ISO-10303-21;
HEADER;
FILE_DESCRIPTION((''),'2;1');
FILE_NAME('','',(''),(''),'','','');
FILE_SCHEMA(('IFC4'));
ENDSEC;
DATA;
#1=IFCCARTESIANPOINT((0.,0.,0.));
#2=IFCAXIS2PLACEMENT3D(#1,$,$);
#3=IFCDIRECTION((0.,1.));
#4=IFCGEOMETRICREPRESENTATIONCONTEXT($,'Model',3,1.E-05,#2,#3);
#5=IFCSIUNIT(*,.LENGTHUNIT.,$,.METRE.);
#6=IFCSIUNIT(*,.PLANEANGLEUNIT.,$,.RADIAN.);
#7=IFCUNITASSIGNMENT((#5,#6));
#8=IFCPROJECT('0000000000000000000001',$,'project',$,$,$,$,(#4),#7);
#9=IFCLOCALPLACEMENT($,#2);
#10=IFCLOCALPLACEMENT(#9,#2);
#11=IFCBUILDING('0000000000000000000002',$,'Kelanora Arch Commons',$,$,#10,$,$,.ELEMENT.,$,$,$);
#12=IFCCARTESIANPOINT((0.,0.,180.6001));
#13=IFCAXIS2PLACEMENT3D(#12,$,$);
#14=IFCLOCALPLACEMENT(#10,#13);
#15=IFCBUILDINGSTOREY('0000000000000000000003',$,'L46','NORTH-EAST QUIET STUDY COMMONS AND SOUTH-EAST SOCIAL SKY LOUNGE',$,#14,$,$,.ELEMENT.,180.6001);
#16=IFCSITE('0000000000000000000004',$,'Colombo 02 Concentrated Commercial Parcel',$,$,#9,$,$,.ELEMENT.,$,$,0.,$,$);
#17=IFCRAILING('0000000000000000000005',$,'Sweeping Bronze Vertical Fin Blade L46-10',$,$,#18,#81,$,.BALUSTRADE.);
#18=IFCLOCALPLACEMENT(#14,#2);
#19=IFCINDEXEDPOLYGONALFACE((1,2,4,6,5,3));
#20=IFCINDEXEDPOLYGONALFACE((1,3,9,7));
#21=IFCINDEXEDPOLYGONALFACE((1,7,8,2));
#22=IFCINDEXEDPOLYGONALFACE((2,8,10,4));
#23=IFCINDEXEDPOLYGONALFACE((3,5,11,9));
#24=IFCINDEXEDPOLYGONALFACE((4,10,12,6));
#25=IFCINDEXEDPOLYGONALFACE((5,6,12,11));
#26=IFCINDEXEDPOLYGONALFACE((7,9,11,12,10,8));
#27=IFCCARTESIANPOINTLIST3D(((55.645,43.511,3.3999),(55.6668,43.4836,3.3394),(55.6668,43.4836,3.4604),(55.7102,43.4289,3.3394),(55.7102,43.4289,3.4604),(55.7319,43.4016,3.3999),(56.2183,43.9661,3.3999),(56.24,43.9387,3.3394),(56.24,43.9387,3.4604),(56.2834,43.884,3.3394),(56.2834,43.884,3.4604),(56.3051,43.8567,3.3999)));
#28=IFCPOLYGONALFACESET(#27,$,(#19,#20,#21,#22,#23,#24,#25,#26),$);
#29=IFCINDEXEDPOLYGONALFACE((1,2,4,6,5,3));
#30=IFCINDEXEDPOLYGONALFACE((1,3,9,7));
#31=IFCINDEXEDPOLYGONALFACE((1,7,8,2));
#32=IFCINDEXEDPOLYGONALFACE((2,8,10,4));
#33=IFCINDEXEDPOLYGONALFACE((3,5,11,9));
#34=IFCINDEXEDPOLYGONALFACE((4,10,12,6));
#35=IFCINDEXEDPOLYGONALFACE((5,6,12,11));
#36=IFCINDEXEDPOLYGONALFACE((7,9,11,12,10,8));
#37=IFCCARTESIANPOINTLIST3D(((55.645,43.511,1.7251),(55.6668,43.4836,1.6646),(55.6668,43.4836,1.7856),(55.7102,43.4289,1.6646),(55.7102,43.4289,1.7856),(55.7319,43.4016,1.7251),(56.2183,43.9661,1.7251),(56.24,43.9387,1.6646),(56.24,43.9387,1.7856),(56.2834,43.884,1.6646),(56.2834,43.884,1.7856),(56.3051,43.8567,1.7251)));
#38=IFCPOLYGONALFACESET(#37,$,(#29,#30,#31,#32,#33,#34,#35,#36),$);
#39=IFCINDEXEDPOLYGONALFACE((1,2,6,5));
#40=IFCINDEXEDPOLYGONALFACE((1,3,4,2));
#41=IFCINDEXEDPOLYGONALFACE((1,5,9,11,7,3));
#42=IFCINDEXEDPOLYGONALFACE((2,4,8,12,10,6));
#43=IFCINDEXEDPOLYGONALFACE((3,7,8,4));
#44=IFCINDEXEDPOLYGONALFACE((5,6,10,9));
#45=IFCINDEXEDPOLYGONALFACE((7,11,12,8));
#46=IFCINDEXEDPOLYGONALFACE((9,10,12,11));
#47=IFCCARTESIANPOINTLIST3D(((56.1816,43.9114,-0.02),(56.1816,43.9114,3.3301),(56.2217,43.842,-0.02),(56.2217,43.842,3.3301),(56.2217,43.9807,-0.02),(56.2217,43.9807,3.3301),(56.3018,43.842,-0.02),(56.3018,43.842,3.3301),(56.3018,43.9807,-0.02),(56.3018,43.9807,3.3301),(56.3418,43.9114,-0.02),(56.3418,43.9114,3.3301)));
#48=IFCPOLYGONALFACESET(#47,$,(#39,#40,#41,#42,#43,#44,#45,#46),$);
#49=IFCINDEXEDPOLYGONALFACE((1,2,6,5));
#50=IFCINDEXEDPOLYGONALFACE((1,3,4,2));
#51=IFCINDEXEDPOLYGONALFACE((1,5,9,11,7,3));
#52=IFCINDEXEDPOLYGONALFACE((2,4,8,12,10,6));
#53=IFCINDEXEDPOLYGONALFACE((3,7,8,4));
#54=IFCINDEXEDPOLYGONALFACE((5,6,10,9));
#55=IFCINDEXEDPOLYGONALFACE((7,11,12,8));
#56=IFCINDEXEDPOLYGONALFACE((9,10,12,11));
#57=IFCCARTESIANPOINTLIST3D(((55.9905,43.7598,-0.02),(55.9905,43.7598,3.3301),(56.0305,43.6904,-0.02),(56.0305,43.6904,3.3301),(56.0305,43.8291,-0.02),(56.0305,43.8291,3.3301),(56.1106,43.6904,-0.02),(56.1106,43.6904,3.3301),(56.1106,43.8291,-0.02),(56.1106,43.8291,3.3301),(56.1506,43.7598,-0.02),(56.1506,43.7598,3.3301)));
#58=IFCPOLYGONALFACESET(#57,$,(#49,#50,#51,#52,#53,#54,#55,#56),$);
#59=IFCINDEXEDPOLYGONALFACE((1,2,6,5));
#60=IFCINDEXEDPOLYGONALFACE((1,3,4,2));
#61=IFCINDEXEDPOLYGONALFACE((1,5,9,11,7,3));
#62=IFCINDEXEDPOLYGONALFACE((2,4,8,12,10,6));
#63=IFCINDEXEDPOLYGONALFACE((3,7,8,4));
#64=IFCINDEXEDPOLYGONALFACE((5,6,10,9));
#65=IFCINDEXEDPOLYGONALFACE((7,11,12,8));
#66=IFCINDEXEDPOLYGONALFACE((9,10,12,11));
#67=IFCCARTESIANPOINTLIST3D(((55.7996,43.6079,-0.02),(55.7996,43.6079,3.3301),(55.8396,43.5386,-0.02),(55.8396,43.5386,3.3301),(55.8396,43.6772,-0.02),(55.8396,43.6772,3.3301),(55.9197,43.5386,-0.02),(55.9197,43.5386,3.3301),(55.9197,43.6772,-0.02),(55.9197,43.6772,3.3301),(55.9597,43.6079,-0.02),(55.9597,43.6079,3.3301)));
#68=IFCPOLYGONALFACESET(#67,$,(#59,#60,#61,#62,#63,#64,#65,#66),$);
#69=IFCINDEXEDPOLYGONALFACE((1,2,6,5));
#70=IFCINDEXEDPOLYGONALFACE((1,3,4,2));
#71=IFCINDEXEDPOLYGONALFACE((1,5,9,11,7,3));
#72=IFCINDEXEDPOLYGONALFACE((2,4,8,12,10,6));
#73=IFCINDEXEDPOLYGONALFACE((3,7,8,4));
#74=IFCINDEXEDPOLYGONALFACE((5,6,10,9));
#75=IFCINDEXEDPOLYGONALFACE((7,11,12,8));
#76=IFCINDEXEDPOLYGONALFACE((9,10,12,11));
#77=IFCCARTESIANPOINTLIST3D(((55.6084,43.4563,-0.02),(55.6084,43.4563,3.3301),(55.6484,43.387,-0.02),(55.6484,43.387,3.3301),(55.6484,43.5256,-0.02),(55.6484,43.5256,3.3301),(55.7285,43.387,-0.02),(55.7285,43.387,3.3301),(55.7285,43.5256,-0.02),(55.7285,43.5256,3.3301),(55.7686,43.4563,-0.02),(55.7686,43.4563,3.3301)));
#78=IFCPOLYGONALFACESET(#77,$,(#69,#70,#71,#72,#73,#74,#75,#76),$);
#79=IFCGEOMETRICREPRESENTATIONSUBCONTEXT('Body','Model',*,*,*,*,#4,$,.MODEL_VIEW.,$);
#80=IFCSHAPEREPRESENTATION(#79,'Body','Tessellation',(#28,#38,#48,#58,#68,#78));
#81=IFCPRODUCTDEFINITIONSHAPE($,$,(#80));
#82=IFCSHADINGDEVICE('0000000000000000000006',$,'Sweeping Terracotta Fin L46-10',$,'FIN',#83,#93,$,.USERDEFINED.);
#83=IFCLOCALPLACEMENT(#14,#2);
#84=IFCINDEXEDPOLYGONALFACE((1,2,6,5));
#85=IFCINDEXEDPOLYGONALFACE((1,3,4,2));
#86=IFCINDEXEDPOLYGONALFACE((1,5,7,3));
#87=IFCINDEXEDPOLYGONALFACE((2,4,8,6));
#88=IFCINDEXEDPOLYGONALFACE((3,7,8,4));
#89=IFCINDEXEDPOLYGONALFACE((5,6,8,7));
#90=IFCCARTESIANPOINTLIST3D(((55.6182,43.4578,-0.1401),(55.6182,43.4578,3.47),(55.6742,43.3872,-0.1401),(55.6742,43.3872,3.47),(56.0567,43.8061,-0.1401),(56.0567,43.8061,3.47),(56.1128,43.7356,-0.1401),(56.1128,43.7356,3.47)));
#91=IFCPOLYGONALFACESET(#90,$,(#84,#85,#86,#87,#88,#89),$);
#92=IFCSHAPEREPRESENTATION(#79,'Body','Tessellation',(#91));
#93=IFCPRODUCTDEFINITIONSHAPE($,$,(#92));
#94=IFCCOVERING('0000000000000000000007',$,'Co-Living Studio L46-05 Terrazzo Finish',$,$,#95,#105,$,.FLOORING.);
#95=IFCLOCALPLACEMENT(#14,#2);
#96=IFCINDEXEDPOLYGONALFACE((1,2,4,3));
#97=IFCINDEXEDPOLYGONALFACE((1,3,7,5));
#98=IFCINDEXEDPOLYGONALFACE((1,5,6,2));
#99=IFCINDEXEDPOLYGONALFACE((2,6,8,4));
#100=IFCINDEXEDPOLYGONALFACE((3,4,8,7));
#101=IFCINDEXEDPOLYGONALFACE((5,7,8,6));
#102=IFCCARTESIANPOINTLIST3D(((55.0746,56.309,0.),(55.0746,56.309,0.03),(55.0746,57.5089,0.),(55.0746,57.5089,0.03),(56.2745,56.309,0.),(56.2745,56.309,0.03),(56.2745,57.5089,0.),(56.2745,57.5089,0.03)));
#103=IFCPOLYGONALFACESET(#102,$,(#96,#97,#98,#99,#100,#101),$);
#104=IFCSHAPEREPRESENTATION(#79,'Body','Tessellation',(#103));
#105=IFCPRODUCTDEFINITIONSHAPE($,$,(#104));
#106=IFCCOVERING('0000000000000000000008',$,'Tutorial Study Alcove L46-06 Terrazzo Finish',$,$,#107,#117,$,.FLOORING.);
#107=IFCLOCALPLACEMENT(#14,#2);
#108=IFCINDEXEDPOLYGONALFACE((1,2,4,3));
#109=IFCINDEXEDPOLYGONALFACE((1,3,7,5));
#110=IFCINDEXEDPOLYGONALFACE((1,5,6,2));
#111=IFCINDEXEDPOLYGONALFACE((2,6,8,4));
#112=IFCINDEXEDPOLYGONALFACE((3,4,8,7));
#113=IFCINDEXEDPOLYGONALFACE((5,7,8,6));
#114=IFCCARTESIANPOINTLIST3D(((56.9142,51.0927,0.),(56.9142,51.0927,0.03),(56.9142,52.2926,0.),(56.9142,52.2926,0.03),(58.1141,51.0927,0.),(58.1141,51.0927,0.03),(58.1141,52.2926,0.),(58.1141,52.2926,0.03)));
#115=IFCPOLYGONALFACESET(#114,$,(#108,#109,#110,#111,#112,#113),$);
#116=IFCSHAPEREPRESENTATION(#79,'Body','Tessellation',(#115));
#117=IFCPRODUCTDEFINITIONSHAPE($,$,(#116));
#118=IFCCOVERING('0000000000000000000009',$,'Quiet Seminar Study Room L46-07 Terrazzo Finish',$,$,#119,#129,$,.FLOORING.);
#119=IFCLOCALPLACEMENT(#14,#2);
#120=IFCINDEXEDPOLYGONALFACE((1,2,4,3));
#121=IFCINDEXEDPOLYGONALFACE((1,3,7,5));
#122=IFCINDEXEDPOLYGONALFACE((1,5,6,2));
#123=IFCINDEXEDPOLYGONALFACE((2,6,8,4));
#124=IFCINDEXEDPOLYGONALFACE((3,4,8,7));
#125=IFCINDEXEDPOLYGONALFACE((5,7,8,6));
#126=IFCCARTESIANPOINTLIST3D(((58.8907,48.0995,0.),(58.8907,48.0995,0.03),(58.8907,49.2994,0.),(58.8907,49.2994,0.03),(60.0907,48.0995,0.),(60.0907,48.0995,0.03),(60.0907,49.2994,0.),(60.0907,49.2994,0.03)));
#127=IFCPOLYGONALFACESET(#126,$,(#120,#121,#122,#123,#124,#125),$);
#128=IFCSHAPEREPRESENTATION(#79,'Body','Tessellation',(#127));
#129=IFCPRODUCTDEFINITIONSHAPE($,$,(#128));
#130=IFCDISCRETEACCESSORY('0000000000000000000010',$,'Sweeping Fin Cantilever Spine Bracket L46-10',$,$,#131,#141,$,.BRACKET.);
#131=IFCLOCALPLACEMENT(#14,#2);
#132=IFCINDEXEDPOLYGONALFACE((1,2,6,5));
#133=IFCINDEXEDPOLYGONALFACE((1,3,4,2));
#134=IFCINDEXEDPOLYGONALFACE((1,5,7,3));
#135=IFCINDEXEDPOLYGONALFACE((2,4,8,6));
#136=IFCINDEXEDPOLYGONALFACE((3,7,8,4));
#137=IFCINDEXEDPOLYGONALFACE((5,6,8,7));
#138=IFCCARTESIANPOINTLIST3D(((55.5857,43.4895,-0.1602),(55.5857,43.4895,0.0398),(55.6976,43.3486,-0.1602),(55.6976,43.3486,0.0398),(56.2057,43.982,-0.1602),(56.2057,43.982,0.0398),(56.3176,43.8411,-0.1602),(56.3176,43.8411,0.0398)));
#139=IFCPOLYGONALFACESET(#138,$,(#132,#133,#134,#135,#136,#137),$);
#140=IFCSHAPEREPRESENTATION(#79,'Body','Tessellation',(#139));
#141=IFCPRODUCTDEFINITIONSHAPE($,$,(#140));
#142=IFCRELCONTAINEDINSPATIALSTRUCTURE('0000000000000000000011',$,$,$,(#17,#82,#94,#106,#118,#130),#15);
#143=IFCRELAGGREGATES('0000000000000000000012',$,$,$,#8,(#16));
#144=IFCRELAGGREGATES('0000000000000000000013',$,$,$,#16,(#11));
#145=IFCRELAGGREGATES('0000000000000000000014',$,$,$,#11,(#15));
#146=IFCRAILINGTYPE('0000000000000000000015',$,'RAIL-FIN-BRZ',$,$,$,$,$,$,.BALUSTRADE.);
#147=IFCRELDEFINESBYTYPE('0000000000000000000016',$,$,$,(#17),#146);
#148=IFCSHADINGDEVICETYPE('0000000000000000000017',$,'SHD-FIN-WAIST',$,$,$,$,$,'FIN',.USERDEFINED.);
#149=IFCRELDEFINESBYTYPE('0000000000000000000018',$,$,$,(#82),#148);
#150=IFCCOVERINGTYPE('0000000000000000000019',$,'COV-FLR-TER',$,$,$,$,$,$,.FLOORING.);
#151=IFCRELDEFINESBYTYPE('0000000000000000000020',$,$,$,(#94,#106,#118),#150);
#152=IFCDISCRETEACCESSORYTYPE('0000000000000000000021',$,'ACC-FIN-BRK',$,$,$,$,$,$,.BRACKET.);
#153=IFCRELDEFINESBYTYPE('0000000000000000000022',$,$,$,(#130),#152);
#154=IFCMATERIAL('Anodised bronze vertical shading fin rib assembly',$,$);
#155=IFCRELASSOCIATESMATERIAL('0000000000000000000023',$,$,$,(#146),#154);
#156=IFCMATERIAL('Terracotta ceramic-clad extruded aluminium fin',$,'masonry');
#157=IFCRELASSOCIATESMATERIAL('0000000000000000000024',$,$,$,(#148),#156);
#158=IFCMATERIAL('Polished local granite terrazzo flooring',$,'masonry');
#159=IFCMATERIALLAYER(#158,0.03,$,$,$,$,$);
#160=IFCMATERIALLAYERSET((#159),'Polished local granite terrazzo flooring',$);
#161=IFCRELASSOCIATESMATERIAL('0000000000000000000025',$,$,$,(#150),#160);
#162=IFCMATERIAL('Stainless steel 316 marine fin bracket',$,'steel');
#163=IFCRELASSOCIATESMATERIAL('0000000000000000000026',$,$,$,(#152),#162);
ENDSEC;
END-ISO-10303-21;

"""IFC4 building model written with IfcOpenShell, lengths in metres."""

from ifc_helpers import new_model, si_unit, direction, frame, origin, origin_2d, place, context, subcontext, project, spatial, polyline, rectangle, outline, extrude, source, transform, mapped, material, layer, layer_set, type_object, element, save


model = new_model("IFC4")

# Units and contexts
model_context = context("Model", 3, precision=1e-05, world=origin(), true_north=direction((0.0, 1.0)))
body_context = subcontext(model_context, "Body", "Model", "MODEL_VIEW")
ifc_project = project(units=[si_unit("LENGTHUNIT", "METRE"), si_unit("PLANEANGLEUNIT", "RADIAN")], contexts=[model_context])

# Site, building, storey
site_placement = place(None, origin())
site = spatial("IfcSite", under=ifc_project, at=site_placement, Name="Colombo 02 Concentrated Commercial Parcel", CompositionType="ELEMENT", RefElevation=0.0)
building_placement = place(site_placement, origin())
building = spatial("IfcBuilding", under=site, at=building_placement, Name="Kelanora Arch Commons", CompositionType="ELEMENT")
storey_placement = place(building_placement, frame((0.0, 0.0, 180.6001)))
storey = spatial("IfcBuildingStorey", under=building, at=storey_placement, Name="L46", Description="NORTH-EAST QUIET STUDY COMMONS AND SOUTH-EAST SOCIAL SKY LOUNGE", CompositionType="ELEMENT", Elevation=180.6001)

# Railing
ifc_material_1 = material(Name="Anodised bronze vertical shading fin rib assembly")
railing_type = type_object("IfcRailingType", Name="RAIL-FIN-BRZ", PredefinedType="BALUSTRADE", material=ifc_material_1)
railing_placement = place(storey_placement, frame((56.2617, 43.9114, -0.02)))
element("IfcRailing", 1, at=railing_placement, inside=storey, type_object=railing_type, Name="Sweeping Bronze Vertical Fin Blade L46-10", PredefinedType="BALUSTRADE", context=body_context, shape_type="SweptSolid", body=[
    extrude(outline(polyline([(0.0698, 0.0), (0.0349, 0.0605), (-0.0349, 0.0605), (-0.0698, 0.0), (-0.0349, -0.0605), (0.0349, -0.0605), (0.0698, 0.0)])), frame((0.0, 0.0, 3.4199), z_axis=(-0.783206, -0.621762, 0.0), x_axis=(0.621762, -0.783206, 0.0)), (0.0, 0.0, 1.0), 0.7319),
    extrude(outline(polyline([(0.0698, 0.0), (0.0349, 0.0605), (-0.0349, 0.0605), (-0.0698, 0.0), (-0.0349, -0.0605), (0.0349, -0.0605), (0.0698, 0.0)])), frame((0.0, 0.0, 1.7451), z_axis=(-0.783206, -0.621762, 0.0), x_axis=(0.621762, -0.783206, 0.0)), (0.0, 0.0, 1.0), 0.7319),
    extrude(outline(polyline([(0.0801, 0.0), (0.04, 0.0693), (-0.04, 0.0693), (-0.0801, 0.0), (-0.04, -0.0693), (0.04, -0.0693), (0.0801, 0.0)])), origin(), (0.0, 0.0, 1.0), 3.3501),
    extrude(outline(polyline([(0.0801, 0.0), (0.04, 0.0693), (-0.04, 0.0693), (-0.0801, 0.0), (-0.04, -0.0693), (0.04, -0.0693), (0.0801, 0.0)])), frame((-0.1912, -0.1516, 0.0)), (0.0, 0.0, 1.0), 3.3501),
    extrude(outline(polyline([(0.0801, 0.0), (0.04, 0.0693), (-0.04, 0.0693), (-0.0801, 0.0), (-0.04, -0.0693), (0.04, -0.0693), (0.0801, 0.0)])), frame((-0.3821, -0.3035, 0.0)), (0.0, 0.0, 1.0), 3.3501),
    extrude(outline(polyline([(0.0801, 0.0), (0.04, 0.0693), (-0.04, 0.0693), (-0.0801, 0.0), (-0.04, -0.0693), (0.04, -0.0693), (0.0801, 0.0)])), frame((-0.5732, -0.4551, 0.0)), (0.0, 0.0, 1.0), 3.3501),
])

# Shading device
ifc_material_2 = material(Name="Terracotta ceramic-clad extruded aluminium fin", Category="masonry")
shading_device_type = type_object("IfcShadingDeviceType", Name="SHD-FIN-WAIST", ElementType="FIN", PredefinedType="USERDEFINED", material=ifc_material_2)
shared_shape_1 = source(origin(), body_context, "Body", "SweptSolid", [
    extrude(rectangle(XDim=0.5601, YDim=0.0901, at=origin_2d()), origin(), (0.0, 0.0, 1.0), 3.6101),
])
shading_device_placement = place(storey_placement, frame((55.8655, 43.5967, -0.1401), z_axis=(0.0, 0.0, 1.0), x_axis=(-0.783043, -0.621968, 0.0)))
element("IfcShadingDevice", 2, at=shading_device_placement, inside=storey, type_object=shading_device_type, Name="Sweeping Terracotta Fin L46-10", ObjectType="FIN", PredefinedType="USERDEFINED", context=body_context, shape_type="MappedRepresentation", body=[
    mapped(shared_shape_1, transform((0.0, 0.0, 0.0), scale=1.0)),
])

# Coverings
ifc_material_3 = material(Name="Polished local granite terrazzo flooring", Category="masonry")
ifc_layer_1 = layer(ifc_material_3, 0.03)
ifc_layer_set_1 = layer_set([ifc_layer_1], Name="Polished local granite terrazzo flooring")
covering_type = type_object("IfcCoveringType", Name="COV-FLR-TER", PredefinedType="FLOORING", material=ifc_layer_set_1)
shared_shape_2 = source(origin(), body_context, "Body", "SweptSolid", [
    extrude(rectangle(XDim=1.2, YDim=1.2, at=origin_2d()), origin(), (0.0, 0.0, 1.0), 0.03),
])
for number, where, z_axis, x_axis, name in (
    (3, (55.6746, 56.9089, 0.0), (0.0, 0.0, 1.0), (1.0, 0.0, 0.0), "Co-Living Studio L46-05 Terrazzo Finish"),
    (4, (57.5142, 51.6926, 0.0), (0.0, 0.0, 1.0), (1.0, 0.0, 0.0), "Tutorial Study Alcove L46-06 Terrazzo Finish"),
    (5, (59.4907, 48.6995, 0.0), (0.0, 0.0, 1.0), (1.0, 0.0, 0.0), "Quiet Seminar Study Room L46-07 Terrazzo Finish"),
):
    element("IfcCovering", number, at=place(storey_placement, frame(where, z_axis=z_axis, x_axis=x_axis)), inside=storey, type_object=covering_type, Name=name, PredefinedType="FLOORING", context=body_context, shape_type="MappedRepresentation", body=[
        mapped(shared_shape_2, transform((0.0, 0.0, 0.0), scale=1.0)),
    ])

# Discrete accessory
ifc_material_4 = material(Name="Stainless steel 316 marine fin bracket", Category="steel")
discrete_accessory_type = type_object("IfcDiscreteAccessoryType", Name="ACC-FIN-BRK", PredefinedType="BRACKET", material=ifc_material_4)
shared_shape_3 = source(origin(), body_context, "Body", "SweptSolid", [
    extrude(rectangle(XDim=0.7917, YDim=0.1799, at=origin_2d()), origin(), (0.0, 0.0, 1.0), 0.2),
])
discrete_accessory_placement = place(storey_placement, frame((55.9517, 43.6653, -0.1602), z_axis=(0.0, 0.0, 1.0), x_axis=(-0.783043, -0.621968, 0.0)))
element("IfcDiscreteAccessory", 6, at=discrete_accessory_placement, inside=storey, type_object=discrete_accessory_type, Name="Sweeping Fin Cantilever Spine Bracket L46-10", PredefinedType="BRACKET", context=body_context, shape_type="MappedRepresentation", body=[
    mapped(shared_shape_3, transform((0.0, 0.0, 0.0), scale=1.0)),
])

save(model, "model.ifc")
